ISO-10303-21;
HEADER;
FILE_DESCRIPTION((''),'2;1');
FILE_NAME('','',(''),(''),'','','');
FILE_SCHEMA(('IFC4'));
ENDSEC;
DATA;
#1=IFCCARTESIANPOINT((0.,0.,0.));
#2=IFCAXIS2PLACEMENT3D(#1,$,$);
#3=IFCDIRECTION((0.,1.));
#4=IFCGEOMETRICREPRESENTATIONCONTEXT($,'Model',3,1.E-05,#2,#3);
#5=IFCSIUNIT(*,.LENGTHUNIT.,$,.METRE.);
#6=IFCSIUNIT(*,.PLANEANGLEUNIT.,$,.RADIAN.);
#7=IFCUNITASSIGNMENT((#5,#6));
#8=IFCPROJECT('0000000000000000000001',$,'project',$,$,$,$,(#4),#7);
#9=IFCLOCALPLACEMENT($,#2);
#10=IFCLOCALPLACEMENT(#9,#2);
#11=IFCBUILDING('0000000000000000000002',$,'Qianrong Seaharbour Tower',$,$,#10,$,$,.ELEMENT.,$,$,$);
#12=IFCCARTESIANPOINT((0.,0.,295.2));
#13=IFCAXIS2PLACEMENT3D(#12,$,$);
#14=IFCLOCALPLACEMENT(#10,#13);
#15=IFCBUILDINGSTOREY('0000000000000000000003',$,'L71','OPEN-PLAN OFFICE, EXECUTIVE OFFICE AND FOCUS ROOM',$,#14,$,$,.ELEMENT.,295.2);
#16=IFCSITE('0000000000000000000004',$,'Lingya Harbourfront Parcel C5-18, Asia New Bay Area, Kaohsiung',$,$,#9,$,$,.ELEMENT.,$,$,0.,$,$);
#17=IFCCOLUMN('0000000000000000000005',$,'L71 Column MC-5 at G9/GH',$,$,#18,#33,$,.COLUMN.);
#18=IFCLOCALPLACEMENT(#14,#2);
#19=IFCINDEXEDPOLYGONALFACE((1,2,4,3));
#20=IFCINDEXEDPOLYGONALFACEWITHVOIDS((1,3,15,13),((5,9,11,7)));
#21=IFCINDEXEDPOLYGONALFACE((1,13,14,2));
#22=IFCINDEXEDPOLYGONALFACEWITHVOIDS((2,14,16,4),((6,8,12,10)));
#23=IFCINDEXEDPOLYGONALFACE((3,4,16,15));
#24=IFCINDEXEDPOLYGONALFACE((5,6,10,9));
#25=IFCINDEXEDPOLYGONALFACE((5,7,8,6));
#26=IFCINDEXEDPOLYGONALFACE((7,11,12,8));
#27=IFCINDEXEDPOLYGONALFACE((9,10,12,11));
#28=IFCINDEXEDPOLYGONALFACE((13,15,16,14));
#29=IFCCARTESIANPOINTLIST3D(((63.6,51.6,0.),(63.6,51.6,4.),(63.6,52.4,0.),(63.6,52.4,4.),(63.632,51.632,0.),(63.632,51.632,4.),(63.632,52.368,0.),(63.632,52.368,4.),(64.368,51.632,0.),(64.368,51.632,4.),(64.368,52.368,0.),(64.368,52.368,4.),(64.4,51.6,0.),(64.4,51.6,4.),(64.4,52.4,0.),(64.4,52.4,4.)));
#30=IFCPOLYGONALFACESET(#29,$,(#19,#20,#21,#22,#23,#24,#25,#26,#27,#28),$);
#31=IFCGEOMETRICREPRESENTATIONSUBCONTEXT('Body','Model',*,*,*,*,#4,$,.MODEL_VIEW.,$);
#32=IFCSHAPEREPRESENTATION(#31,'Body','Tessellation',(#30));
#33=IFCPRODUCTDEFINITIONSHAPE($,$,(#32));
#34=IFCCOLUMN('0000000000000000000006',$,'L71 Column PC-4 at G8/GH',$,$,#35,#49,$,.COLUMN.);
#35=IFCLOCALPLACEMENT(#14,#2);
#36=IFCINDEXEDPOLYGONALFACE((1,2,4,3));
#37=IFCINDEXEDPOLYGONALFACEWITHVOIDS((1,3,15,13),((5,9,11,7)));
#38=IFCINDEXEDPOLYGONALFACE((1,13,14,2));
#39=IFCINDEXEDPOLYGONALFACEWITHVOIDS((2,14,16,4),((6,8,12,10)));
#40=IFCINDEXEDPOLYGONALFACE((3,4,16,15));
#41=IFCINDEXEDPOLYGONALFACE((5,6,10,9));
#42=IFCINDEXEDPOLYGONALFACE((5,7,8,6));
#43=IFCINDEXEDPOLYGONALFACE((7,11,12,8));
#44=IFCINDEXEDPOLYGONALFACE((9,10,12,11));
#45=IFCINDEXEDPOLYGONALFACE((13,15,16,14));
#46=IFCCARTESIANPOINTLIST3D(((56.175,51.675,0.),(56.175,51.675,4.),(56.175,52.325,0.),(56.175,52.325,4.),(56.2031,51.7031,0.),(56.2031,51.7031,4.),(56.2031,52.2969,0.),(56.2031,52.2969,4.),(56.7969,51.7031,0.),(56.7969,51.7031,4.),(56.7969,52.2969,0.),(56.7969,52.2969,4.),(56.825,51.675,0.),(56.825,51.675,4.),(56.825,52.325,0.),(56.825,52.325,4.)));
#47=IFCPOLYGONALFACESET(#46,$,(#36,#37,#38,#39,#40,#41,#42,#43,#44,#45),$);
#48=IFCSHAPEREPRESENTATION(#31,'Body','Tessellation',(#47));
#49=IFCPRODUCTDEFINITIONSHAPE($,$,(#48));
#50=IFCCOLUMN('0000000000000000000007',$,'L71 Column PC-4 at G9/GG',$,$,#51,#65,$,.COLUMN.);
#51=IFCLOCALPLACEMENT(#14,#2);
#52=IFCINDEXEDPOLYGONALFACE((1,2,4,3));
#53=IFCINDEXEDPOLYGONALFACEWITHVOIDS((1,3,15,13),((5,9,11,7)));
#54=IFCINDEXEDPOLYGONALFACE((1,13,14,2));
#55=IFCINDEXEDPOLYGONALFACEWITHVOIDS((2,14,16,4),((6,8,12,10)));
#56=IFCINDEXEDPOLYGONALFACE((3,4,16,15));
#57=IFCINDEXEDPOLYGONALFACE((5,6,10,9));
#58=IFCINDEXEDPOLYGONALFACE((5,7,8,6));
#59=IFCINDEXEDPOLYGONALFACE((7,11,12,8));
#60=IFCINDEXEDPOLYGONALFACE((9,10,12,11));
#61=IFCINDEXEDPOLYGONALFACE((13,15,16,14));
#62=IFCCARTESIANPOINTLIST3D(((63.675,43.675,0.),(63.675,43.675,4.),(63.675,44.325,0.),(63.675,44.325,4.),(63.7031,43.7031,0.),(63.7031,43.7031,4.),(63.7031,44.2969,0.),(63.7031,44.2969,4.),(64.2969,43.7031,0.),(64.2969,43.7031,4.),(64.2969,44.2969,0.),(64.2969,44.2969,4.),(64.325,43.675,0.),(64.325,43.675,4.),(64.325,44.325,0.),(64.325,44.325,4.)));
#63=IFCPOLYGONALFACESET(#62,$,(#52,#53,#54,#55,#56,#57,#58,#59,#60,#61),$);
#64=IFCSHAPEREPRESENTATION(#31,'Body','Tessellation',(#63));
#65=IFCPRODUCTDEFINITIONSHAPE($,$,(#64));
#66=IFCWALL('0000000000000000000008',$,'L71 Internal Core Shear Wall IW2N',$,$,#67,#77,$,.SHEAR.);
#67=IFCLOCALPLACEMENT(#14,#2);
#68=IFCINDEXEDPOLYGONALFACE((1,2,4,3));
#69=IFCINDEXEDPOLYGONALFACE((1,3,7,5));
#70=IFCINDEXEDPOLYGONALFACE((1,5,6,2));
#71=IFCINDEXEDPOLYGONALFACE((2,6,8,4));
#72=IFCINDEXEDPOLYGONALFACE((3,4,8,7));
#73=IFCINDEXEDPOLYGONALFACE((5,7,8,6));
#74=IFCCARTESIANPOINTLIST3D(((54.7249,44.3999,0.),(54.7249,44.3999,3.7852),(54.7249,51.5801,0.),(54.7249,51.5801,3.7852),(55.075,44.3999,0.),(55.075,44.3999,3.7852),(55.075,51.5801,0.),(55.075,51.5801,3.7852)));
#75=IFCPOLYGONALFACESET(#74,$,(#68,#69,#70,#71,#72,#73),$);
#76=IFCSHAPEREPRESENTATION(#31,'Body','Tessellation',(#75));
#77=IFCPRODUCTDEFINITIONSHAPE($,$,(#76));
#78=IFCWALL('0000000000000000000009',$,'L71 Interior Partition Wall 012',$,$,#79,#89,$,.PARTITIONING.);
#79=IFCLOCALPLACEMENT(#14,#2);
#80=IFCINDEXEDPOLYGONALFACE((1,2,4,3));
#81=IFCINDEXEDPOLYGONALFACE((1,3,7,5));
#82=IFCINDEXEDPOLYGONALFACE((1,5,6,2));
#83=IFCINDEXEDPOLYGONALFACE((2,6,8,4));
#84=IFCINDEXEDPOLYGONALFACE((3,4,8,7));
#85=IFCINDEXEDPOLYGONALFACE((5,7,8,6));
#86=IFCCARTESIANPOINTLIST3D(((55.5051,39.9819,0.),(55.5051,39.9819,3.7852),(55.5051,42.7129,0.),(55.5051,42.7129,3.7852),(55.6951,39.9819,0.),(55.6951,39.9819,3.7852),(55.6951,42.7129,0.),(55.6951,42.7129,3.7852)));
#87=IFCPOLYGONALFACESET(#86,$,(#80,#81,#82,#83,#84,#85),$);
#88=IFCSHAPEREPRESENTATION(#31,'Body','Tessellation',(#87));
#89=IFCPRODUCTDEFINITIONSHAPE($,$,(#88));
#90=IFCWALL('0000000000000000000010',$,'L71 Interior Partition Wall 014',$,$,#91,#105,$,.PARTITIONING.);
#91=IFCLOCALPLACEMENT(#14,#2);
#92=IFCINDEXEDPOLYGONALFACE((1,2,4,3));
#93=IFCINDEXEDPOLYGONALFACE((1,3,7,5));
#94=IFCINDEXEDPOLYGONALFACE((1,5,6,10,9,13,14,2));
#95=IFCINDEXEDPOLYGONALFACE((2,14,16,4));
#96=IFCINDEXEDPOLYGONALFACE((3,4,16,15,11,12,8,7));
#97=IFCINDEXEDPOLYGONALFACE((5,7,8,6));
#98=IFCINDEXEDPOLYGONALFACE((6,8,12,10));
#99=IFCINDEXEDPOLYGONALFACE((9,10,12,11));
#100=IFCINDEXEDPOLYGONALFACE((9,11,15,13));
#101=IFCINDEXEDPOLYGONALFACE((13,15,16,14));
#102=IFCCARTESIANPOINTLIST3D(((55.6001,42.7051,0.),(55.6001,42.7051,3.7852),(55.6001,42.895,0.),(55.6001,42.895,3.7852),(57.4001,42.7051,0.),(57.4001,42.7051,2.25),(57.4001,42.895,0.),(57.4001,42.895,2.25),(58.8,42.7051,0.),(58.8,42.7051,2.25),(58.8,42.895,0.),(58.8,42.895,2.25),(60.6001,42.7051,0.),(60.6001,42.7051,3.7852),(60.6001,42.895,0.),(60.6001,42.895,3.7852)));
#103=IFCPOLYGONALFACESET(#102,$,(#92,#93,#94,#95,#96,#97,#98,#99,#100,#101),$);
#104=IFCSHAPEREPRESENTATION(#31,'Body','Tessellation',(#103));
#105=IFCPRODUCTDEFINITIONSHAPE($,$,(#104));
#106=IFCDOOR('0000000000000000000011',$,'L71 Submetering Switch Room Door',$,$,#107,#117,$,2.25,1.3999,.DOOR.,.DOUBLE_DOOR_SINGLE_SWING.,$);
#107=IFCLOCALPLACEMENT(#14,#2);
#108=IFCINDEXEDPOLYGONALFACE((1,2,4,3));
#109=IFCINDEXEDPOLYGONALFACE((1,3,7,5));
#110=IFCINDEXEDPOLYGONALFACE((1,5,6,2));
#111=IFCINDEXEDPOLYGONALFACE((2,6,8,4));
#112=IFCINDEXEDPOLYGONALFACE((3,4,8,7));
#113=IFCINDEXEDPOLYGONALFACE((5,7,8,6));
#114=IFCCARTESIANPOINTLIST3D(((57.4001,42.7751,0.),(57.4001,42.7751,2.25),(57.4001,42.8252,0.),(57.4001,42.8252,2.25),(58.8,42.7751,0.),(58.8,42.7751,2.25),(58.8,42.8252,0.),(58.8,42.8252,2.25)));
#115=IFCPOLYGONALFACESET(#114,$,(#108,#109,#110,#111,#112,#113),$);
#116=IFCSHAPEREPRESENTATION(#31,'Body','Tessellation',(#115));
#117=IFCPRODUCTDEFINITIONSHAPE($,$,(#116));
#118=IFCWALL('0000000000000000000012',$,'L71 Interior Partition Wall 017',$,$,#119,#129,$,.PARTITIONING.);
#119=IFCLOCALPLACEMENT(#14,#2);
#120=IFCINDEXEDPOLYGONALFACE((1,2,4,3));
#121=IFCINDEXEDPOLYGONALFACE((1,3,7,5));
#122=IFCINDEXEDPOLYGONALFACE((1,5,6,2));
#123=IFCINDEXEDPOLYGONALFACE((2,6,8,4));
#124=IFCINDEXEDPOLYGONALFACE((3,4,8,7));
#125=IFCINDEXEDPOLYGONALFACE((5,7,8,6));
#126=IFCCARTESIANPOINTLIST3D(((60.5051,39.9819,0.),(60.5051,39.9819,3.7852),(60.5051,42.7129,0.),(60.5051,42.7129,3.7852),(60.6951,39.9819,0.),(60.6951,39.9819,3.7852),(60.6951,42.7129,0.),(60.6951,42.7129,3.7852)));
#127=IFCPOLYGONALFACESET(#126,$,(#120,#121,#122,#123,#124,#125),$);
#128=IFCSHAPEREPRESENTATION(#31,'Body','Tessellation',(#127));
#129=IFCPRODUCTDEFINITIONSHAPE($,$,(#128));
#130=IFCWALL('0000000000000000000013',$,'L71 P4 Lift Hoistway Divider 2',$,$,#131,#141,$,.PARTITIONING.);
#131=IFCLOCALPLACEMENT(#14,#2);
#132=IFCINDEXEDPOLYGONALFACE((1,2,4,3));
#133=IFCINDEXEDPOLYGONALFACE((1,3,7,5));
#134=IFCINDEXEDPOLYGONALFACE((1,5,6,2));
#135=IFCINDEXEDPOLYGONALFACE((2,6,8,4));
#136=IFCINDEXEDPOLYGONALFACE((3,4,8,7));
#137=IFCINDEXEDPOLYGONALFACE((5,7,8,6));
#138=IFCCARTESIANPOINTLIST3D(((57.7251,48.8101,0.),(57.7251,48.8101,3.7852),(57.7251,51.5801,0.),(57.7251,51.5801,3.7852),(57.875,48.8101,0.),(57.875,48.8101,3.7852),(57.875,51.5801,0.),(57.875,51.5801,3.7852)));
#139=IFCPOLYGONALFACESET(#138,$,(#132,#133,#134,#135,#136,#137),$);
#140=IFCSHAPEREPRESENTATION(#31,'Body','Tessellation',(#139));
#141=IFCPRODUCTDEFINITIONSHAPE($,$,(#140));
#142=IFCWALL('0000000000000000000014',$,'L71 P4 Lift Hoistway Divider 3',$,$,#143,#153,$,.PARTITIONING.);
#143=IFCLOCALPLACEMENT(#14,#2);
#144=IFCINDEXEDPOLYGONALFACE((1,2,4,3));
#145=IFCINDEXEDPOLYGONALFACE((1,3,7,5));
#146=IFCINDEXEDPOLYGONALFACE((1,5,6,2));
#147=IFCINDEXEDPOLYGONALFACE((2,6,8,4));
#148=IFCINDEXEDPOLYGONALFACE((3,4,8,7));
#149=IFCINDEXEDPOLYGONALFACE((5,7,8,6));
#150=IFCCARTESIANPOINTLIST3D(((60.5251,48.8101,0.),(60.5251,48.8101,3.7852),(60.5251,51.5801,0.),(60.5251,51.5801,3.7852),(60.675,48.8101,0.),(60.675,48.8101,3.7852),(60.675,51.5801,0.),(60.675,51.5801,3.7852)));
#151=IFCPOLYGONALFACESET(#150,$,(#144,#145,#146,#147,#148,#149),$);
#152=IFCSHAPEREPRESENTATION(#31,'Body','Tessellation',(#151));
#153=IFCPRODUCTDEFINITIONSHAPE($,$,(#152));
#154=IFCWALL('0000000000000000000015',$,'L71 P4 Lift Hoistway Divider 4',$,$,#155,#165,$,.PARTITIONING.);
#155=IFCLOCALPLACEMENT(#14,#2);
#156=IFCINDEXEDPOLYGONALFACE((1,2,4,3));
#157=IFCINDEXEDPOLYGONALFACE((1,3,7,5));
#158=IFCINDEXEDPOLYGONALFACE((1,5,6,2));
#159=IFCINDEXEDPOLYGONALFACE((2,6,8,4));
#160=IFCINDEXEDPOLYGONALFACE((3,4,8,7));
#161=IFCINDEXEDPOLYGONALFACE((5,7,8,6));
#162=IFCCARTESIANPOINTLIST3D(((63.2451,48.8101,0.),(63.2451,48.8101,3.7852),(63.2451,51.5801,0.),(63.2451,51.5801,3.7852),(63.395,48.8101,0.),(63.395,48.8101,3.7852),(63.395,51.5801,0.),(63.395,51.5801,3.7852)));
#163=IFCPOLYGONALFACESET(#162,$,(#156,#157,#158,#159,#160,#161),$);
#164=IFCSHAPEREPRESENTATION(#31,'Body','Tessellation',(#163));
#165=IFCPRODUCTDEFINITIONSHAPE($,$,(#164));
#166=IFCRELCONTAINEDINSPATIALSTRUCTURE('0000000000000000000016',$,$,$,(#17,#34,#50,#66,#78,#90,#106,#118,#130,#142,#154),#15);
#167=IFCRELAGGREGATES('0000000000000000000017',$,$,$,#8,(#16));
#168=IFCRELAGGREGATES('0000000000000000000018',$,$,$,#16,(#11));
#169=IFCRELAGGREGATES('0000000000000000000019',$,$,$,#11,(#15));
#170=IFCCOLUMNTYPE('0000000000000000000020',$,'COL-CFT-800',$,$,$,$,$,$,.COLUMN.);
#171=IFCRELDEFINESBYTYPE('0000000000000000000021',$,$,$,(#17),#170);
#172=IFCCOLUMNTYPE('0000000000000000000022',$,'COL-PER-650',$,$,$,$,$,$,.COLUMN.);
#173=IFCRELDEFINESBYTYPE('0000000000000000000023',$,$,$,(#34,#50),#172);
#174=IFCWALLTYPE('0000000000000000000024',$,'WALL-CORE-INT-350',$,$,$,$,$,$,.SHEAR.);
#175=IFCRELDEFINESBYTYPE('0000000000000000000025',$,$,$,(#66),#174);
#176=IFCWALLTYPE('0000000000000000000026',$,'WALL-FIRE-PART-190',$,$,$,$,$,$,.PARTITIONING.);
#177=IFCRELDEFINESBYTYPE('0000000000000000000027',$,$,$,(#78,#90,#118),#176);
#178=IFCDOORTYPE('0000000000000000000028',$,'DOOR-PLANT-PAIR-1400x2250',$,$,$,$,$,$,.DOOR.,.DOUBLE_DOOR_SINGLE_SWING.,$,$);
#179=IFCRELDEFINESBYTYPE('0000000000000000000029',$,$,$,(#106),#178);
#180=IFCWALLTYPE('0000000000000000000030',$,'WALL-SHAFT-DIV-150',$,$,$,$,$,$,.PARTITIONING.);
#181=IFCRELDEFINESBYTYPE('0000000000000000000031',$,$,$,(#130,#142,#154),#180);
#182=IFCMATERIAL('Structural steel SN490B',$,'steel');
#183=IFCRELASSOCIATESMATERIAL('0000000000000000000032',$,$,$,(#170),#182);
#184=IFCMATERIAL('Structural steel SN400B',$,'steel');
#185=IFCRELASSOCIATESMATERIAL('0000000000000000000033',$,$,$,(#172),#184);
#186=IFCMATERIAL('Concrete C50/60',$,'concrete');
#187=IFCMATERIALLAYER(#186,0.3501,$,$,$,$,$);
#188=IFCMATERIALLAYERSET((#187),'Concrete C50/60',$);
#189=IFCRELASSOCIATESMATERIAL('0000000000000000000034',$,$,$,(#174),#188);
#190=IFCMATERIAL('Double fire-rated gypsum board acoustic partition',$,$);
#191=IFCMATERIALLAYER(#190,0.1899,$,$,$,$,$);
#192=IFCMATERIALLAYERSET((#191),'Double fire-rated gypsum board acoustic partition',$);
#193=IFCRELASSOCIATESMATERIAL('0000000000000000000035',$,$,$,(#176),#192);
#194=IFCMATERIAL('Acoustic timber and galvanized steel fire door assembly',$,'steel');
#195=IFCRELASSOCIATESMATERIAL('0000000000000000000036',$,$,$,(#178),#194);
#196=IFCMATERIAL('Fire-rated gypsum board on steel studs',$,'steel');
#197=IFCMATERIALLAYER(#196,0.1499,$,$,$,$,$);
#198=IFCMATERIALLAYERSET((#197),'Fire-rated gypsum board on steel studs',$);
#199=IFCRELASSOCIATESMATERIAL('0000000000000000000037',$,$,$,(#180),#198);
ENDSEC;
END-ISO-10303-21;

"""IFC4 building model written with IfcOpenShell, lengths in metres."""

from ifc_helpers import new_model, si_unit, direction, frame, frame_2d, origin, origin_2d, place, context, subcontext, project, spatial, rectangle, hollow_rectangle, extrude, material, layer, layer_set, material_profile, profile_set, type_object, element, fill, save


model = new_model("IFC4")

# Units and contexts
model_context = context("Model", 3, precision=1e-05, world=origin(), true_north=direction((0.0, 1.0)))
body_context = subcontext(model_context, "Body", "Model", "MODEL_VIEW")
ifc_project = project(units=[si_unit("LENGTHUNIT", "METRE"), si_unit("PLANEANGLEUNIT", "RADIAN")], contexts=[model_context])

# Site, building, storey
site_placement = place(None, origin())
site = spatial("IfcSite", under=ifc_project, at=site_placement, Name="Lingya Harbourfront Parcel C5-18, Asia New Bay Area, Kaohsiung", CompositionType="ELEMENT", RefElevation=0.0)
building_placement = place(site_placement, origin())
building = spatial("IfcBuilding", under=site, at=building_placement, Name="Qianrong Seaharbour Tower", CompositionType="ELEMENT")
storey_placement = place(building_placement, frame((0.0, 0.0, 295.2)))
storey = spatial("IfcBuildingStorey", under=building, at=storey_placement, Name="L71", Description="OPEN-PLAN OFFICE, EXECUTIVE OFFICE AND FOCUS ROOM", CompositionType="ELEMENT", Elevation=295.2)

# Columns
ifc_material_1 = material(Name="Structural steel SN490B", Category="steel")
ifc_material_profile_1 = material_profile(ifc_material_1, hollow_rectangle(XDim=0.8, YDim=0.8, WallThickness=0.032, at=origin_2d()), Name="BOX800x800x32")
ifc_profile_set_1 = profile_set([ifc_material_profile_1], Name="Structural steel SN490B")
column_type_1 = type_object("IfcColumnType", Name="COL-CFT-800", PredefinedType="COLUMN", material=ifc_profile_set_1)
column_placement = place(storey_placement, frame((64.0, 52.0, 0.0), z_axis=(0.0, 0.0, 1.0), x_axis=(1.0, 0.0, 0.0)))
element("IfcColumn", 1, at=column_placement, inside=storey, type_object=column_type_1, Name="L71 Column MC-5 at G9/GH", PredefinedType="COLUMN", context=body_context, shape_type="SweptSolid", body=[
    extrude(hollow_rectangle(XDim=0.8, YDim=0.8, WallThickness=0.032, at=origin_2d()), origin(), (0.0, 0.0, 1.0), 4.0),
])
ifc_material_2 = material(Name="Structural steel SN400B", Category="steel")
ifc_material_profile_2 = material_profile(ifc_material_2, hollow_rectangle(XDim=0.6499, YDim=0.6499, WallThickness=0.0281, at=origin_2d()), Name="BOX650x650x28")
ifc_profile_set_2 = profile_set([ifc_material_profile_2], Name="Structural steel SN400B")
column_type_2 = type_object("IfcColumnType", Name="COL-PER-650", PredefinedType="COLUMN", material=ifc_profile_set_2)
for number, where, z_axis, x_axis, name in (
    (2, (56.5, 52.0, 0.0), (0.0, 0.0, 1.0), (1.0, 0.0, 0.0), "L71 Column PC-4 at G8/GH"),
    (3, (64.0, 44.0, 0.0), (0.0, 0.0, 1.0), (1.0, 0.0, 0.0), "L71 Column PC-4 at G9/GG"),
):
    element("IfcColumn", number, at=place(storey_placement, frame(where, z_axis=z_axis, x_axis=x_axis)), inside=storey, type_object=column_type_2, Name=name, PredefinedType="COLUMN", context=body_context, shape_type="SweptSolid", body=[
        extrude(hollow_rectangle(XDim=0.6499, YDim=0.6499, WallThickness=0.0281, at=origin_2d()), origin(), (0.0, 0.0, 1.0), 4.0),
    ])

# Wall
ifc_material_3 = material(Name="Concrete C50/60", Category="concrete")
ifc_layer_1 = layer(ifc_material_3, 0.3501)
ifc_layer_set_1 = layer_set([ifc_layer_1], Name="Concrete C50/60")
wall_type_1 = type_object("IfcWallType", Name="WALL-CORE-INT-350", PredefinedType="SHEAR", material=ifc_layer_set_1)
wall_1_placement = place(storey_placement, frame((54.8999, 44.3999, 0.0), z_axis=(0.0, 0.0, 1.0), x_axis=(0.0, 1.0, 0.0)))
element("IfcWall", 4, at=wall_1_placement, inside=storey, type_object=wall_type_1, Name="L71 Internal Core Shear Wall IW2N", PredefinedType="SHEAR", context=body_context, shape_type="SweptSolid", body=[
    extrude(rectangle(XDim=7.1802, YDim=0.3501, at=frame_2d((3.5901, 0.0))), origin(), (0.0, 0.0, 1.0), 3.7852),
])

# Shared definitions
ifc_material_4 = material(Name="Acoustic timber and galvanized steel fire door assembly", Category="steel")

# Wall
ifc_material_5 = material(Name="Double fire-rated gypsum board acoustic partition")
ifc_layer_2 = layer(ifc_material_5, 0.1899)
ifc_layer_set_2 = layer_set([ifc_layer_2], Name="Double fire-rated gypsum board acoustic partition")
wall_type_2 = type_object("IfcWallType", Name="WALL-FIRE-PART-190", PredefinedType="PARTITIONING", material=ifc_layer_set_2)
wall_2_placement = place(storey_placement, frame((55.6001, 42.7129, 0.0), z_axis=(0.0, 0.0, 1.0), x_axis=(0.0, -1.0, 0.0)))
element("IfcWall", 5, at=wall_2_placement, inside=storey, type_object=wall_type_2, Name="L71 Interior Partition Wall 012", PredefinedType="PARTITIONING", context=body_context, shape_type="SweptSolid", body=[
    extrude(rectangle(XDim=2.731, YDim=0.1899, at=frame_2d((1.3655, 0.0))), origin(), (0.0, 0.0, 1.0), 3.7852),
])

# Wall, opening, door
wall_3_placement = place(storey_placement, frame((60.6001, 42.8, 0.0), z_axis=(0.0, 0.0, 1.0), x_axis=(-1.0, 0.0, 0.0)))
wall_3 = element("IfcWall", 6, at=wall_3_placement, inside=storey, type_object=wall_type_2, Name="L71 Interior Partition Wall 014", PredefinedType="PARTITIONING", context=body_context, shape_type="SweptSolid", body=[
    extrude(rectangle(XDim=5.0, YDim=0.1899, at=frame_2d((2.5, 0.0))), origin(), (0.0, 0.0, 1.0), 3.7852),
])
opening_1_placement = place(wall_3_placement, frame((1.8, 0.0, 0.0)))
opening_1 = element("IfcOpeningElement", 7, at=opening_1_placement, cuts=wall_3, PredefinedType="OPENING", context=body_context, shape_type="SweptSolid", body=[
    extrude(rectangle(XDim=1.3999, YDim=2.25, at=frame_2d((0.7, 1.125))), frame((0.0, 0.105, 0.0), z_axis=(0.0, -1.0, 0.0), x_axis=(1.0, 0.0, 0.0)), (0.0, 0.0, 1.0), 0.21),
])
door_type_1 = type_object("IfcDoorType", Name="DOOR-PLANT-PAIR-1400x2250", OperationType="DOUBLE_DOOR_SINGLE_SWING", PredefinedType="DOOR", material=ifc_material_4)
door_1_placement = place(opening_1_placement, origin())
door_1 = element("IfcDoor", 8, at=door_1_placement, inside=storey, type_object=door_type_1, Name="L71 Submetering Switch Room Door", OperationType="DOUBLE_DOOR_SINGLE_SWING", OverallHeight=2.25, OverallWidth=1.3999, PredefinedType="DOOR", context=body_context, shape_type="SweptSolid", body=[
    extrude(rectangle(XDim=1.3999, YDim=2.25, at=frame_2d((0.7, 1.125))), frame((0.0, 0.0249, 0.0), z_axis=(0.0, -1.0, 0.0), x_axis=(1.0, 0.0, 0.0)), (0.0, 0.0, 1.0), 0.05),
])
fill(opening_1, door_1)

# Walls
wall_4_placement = place(storey_placement, frame((60.6001, 42.7129, 0.0), z_axis=(0.0, 0.0, 1.0), x_axis=(0.0, -1.0, 0.0)))
element("IfcWall", 9, at=wall_4_placement, inside=storey, type_object=wall_type_2, Name="L71 Interior Partition Wall 017", PredefinedType="PARTITIONING", context=body_context, shape_type="SweptSolid", body=[
    extrude(rectangle(XDim=2.731, YDim=0.1899, at=frame_2d((1.3655, 0.0))), origin(), (0.0, 0.0, 1.0), 3.7852),
])
ifc_material_6 = material(Name="Fire-rated gypsum board on steel studs", Category="steel")
ifc_layer_3 = layer(ifc_material_6, 0.1499)
ifc_layer_set_3 = layer_set([ifc_layer_3], Name="Fire-rated gypsum board on steel studs")
wall_type_3 = type_object("IfcWallType", Name="WALL-SHAFT-DIV-150", PredefinedType="PARTITIONING", material=ifc_layer_set_3)
for number, where, z_axis, x_axis, name in (
    (10, (57.8, 48.8101, 0.0), (0.0, 0.0, 1.0), (0.0, 1.0, 0.0), "L71 P4 Lift Hoistway Divider 2"),
    (11, (60.6001, 48.8101, 0.0), (0.0, 0.0, 1.0), (0.0, 1.0, 0.0), "L71 P4 Lift Hoistway Divider 3"),
    (12, (63.3201, 48.8101, 0.0), (0.0, 0.0, 1.0), (0.0, 1.0, 0.0), "L71 P4 Lift Hoistway Divider 4"),
):
    element("IfcWall", number, at=place(storey_placement, frame(where, z_axis=z_axis, x_axis=x_axis)), inside=storey, type_object=wall_type_3, Name=name, PredefinedType="PARTITIONING", context=body_context, shape_type="SweptSolid", body=[
        extrude(rectangle(XDim=2.77, YDim=0.1499, at=frame_2d((1.385, 0.0))), origin(), (0.0, 0.0, 1.0), 3.7852),
    ])

save(model, "model.ifc")
